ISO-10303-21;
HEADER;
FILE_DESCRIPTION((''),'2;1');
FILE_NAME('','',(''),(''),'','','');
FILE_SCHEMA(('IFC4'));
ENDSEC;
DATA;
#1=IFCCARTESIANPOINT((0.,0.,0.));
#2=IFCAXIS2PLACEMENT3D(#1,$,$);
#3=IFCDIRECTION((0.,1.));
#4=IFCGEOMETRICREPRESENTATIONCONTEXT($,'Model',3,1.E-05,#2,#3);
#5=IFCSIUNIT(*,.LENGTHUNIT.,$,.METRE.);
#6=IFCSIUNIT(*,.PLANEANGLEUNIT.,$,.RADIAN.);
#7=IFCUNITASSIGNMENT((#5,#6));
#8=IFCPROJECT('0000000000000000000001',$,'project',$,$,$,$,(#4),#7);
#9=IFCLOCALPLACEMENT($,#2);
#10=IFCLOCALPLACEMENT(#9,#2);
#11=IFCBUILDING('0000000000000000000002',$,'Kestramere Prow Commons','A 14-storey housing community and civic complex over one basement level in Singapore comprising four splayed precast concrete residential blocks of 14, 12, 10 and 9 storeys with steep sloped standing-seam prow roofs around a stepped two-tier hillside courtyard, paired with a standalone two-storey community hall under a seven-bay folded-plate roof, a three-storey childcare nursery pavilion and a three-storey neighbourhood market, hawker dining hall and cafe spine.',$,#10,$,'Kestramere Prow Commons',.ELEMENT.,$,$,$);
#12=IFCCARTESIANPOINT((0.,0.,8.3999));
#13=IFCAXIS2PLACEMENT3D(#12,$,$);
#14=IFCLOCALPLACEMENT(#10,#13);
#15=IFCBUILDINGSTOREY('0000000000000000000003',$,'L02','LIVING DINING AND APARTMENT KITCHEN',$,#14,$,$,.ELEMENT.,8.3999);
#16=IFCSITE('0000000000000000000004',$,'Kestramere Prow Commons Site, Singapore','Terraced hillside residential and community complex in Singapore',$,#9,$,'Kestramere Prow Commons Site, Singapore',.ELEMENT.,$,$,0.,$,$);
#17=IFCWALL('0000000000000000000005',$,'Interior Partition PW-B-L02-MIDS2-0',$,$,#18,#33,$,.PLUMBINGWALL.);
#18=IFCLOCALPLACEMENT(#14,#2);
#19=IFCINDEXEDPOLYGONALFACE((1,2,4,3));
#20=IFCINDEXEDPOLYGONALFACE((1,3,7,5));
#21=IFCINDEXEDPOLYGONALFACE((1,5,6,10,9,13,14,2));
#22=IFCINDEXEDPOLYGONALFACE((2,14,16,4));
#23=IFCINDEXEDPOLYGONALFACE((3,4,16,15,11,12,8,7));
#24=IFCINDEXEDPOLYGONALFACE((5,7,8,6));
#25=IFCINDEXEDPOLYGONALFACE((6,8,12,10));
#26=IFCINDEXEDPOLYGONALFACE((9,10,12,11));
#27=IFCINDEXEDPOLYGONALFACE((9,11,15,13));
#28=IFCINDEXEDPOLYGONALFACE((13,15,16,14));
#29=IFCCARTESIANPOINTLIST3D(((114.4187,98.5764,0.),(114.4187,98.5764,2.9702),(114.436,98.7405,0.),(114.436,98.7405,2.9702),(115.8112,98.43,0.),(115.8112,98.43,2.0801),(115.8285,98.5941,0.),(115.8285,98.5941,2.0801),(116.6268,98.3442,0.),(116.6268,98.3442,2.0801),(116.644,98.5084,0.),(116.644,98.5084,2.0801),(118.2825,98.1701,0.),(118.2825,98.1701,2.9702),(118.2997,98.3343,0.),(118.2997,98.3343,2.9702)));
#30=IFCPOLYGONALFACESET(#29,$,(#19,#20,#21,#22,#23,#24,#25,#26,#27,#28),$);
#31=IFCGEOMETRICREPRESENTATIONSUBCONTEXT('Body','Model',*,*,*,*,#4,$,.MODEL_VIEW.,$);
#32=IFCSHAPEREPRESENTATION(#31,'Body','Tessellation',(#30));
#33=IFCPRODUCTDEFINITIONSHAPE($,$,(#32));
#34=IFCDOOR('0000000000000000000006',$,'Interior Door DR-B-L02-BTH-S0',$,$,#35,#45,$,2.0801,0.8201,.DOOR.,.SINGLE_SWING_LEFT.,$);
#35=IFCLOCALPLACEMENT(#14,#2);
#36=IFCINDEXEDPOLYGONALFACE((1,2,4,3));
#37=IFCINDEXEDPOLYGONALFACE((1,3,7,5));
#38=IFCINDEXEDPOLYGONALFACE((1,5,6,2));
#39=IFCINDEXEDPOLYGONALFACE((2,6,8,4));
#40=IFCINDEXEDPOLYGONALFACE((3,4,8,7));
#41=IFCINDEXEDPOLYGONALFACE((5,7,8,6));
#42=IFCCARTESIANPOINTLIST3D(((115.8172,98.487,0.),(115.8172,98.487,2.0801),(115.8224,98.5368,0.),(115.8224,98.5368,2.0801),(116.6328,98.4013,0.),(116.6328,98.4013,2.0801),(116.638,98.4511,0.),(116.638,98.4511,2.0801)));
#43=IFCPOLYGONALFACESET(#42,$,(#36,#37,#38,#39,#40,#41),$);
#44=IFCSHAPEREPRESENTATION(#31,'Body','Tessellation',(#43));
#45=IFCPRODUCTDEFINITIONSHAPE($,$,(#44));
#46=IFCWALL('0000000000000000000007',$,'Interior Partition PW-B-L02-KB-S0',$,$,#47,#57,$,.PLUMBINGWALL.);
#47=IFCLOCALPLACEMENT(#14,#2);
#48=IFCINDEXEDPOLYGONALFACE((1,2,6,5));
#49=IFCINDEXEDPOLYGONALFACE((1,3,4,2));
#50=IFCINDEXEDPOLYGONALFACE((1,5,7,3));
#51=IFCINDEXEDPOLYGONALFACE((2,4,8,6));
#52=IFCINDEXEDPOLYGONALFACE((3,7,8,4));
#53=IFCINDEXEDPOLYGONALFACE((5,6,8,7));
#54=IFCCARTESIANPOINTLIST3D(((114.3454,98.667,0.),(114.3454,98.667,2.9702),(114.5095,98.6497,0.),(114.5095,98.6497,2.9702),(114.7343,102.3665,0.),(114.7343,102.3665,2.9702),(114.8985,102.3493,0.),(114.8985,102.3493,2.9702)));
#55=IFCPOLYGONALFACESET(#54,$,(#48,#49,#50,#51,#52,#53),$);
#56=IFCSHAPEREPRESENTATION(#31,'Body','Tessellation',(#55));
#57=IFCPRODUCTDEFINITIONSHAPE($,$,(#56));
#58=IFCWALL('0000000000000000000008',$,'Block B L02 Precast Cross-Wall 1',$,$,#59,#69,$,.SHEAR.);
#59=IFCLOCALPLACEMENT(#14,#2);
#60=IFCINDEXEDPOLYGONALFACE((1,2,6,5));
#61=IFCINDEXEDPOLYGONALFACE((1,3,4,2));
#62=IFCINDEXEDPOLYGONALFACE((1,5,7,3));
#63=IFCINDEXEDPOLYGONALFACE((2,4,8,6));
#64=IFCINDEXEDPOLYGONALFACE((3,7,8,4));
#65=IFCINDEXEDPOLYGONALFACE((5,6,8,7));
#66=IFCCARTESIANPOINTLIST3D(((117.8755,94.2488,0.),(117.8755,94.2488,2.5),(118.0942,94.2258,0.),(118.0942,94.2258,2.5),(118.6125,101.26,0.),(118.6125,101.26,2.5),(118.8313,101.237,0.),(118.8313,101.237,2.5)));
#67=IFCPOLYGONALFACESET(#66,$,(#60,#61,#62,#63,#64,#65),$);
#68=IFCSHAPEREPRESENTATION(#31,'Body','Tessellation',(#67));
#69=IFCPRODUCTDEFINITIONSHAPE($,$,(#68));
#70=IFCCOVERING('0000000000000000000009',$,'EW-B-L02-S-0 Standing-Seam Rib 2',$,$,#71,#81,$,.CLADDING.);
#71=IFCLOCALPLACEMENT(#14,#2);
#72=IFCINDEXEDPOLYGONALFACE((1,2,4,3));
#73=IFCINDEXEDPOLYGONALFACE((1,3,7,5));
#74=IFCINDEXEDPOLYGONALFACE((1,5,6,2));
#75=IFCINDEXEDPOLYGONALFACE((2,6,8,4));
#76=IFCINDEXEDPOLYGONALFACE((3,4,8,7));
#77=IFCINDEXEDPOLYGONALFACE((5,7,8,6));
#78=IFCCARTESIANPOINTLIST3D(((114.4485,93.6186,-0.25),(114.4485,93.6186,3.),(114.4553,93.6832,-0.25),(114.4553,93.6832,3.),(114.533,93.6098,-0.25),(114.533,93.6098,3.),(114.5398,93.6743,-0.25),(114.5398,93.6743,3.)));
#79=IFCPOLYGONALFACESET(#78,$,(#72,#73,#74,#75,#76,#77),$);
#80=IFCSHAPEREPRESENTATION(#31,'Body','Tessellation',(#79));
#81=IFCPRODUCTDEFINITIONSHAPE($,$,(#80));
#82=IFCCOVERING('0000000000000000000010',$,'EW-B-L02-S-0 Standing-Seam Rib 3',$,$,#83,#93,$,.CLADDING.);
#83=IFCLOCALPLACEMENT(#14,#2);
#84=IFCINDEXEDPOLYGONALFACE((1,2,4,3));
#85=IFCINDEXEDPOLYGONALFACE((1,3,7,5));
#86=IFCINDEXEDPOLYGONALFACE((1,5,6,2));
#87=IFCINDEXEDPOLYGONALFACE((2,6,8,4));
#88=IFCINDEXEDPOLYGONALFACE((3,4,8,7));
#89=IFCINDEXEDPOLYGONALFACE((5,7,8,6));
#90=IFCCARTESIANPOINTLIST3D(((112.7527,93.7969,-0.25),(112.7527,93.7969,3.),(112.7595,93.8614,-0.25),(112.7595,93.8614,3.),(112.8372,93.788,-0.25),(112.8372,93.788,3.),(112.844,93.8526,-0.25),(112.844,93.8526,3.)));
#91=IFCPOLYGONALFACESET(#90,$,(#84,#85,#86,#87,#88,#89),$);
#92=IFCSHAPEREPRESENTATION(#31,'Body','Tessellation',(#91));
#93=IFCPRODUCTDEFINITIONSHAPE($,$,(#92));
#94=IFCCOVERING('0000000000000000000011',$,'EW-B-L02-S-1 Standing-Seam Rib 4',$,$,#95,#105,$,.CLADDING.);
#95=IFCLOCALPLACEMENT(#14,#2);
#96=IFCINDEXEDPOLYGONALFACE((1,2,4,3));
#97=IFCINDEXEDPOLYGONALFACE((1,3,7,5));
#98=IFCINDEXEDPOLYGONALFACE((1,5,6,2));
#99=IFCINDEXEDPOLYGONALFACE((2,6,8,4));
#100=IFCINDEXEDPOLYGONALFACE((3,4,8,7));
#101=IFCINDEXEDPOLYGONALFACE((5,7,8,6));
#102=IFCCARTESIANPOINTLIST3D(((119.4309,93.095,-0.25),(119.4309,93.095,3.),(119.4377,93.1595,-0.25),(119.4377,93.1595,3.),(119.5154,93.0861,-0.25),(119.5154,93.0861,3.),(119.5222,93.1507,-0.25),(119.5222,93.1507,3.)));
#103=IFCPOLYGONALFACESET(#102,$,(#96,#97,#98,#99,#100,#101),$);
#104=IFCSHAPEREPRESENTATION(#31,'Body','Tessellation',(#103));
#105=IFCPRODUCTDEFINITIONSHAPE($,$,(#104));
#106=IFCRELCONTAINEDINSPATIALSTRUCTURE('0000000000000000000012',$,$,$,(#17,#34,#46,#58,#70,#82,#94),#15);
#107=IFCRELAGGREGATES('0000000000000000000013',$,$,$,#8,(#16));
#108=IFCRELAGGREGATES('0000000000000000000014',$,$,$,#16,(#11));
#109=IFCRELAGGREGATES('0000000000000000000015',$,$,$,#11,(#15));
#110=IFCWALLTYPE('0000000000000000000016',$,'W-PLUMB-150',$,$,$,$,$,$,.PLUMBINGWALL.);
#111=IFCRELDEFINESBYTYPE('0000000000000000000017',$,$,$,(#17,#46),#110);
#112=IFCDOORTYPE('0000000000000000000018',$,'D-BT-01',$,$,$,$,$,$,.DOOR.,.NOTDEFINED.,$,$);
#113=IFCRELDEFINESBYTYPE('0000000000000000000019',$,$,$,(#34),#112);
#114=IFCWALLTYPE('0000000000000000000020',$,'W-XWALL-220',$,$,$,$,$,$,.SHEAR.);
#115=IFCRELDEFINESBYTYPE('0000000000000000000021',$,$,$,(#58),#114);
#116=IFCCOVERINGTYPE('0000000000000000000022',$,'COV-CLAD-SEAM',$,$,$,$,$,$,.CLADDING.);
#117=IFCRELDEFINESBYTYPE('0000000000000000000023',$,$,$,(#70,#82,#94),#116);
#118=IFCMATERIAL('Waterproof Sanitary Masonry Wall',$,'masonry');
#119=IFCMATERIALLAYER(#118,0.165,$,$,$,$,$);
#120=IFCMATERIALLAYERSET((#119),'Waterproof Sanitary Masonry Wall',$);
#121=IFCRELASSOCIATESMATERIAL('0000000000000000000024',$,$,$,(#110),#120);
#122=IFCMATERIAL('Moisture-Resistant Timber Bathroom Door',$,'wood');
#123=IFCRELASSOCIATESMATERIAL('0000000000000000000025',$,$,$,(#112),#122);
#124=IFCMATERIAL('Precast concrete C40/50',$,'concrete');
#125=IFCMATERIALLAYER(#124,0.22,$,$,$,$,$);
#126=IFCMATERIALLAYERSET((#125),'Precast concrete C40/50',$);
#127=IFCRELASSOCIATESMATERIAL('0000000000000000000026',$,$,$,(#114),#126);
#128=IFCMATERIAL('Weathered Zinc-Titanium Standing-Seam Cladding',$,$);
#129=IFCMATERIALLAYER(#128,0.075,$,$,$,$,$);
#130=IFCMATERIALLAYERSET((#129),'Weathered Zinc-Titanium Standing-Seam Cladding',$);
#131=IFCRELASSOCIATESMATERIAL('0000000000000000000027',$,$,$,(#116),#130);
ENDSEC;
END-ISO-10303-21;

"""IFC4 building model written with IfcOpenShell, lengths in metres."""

from ifc_helpers import new_model, si_unit, direction, frame, frame_2d, origin, origin_2d, place, context, subcontext, project, spatial, rectangle, extrude, material, layer, layer_set, type_object, element, fill, save


model = new_model("IFC4")

# Units and contexts
model_context = context("Model", 3, precision=1e-05, world=origin(), true_north=direction((0.0, 1.0)))
body_context = subcontext(model_context, "Body", "Model", "MODEL_VIEW")
ifc_project = project(units=[si_unit("LENGTHUNIT", "METRE"), si_unit("PLANEANGLEUNIT", "RADIAN")], contexts=[model_context])

# Site, building, storey
site_placement = place(None, origin())
site = spatial("IfcSite", under=ifc_project, at=site_placement, Name="Kestramere Prow Commons Site, Singapore", Description="Terraced hillside residential and community complex in Singapore", LongName="Kestramere Prow Commons Site, Singapore", CompositionType="ELEMENT", RefElevation=0.0)
building_placement = place(site_placement, origin())
building = spatial("IfcBuilding", under=site, at=building_placement, Name="Kestramere Prow Commons", Description="A 14-storey housing community and civic complex over one basement level in Singapore comprising four splayed precast concrete residential blocks of 14, 12, 10 and 9 storeys with steep sloped standing-seam prow roofs around a stepped two-tier hillside courtyard, paired with a standalone two-storey community hall under a seven-bay folded-plate roof, a three-storey childcare nursery pavilion and a three-storey neighbourhood market, hawker dining hall and cafe spine.", LongName="Kestramere Prow Commons", CompositionType="ELEMENT")
storey_placement = place(building_placement, frame((0.0, 0.0, 8.3999)))
storey = spatial("IfcBuildingStorey", under=building, at=storey_placement, Name="L02", Description="LIVING DINING AND APARTMENT KITCHEN", CompositionType="ELEMENT", Elevation=8.3999)

# Shared definitions
ifc_material_1 = material(Name="Precast concrete C40/50", Category="concrete")

# Wall, opening, door
ifc_material_2 = material(Name="Waterproof Sanitary Masonry Wall", Category="masonry")
ifc_layer_1 = layer(ifc_material_2, 0.165)
ifc_layer_set_1 = layer_set([ifc_layer_1], Name="Waterproof Sanitary Masonry Wall")
wall_type_1 = type_object("IfcWallType", Name="W-PLUMB-150", PredefinedType="PLUMBINGWALL", material=ifc_layer_set_1)
wall_1_placement = place(storey_placement, frame((114.4275, 98.6584, 0.0), z_axis=(0.0, 0.0, 1.0), x_axis=(0.994518, -0.104567, 0.0)))
wall_1 = element("IfcWall", 1, at=wall_1_placement, inside=storey, type_object=wall_type_1, Name="Interior Partition PW-B-L02-MIDS2-0", PredefinedType="PLUMBINGWALL", context=body_context, shape_type="SweptSolid", body=[
    extrude(rectangle(XDim=3.885, YDim=0.165, at=frame_2d((1.9424, 0.0))), origin(), (0.0, 0.0, 1.0), 2.9702),
])
opening_1_placement = place(wall_1_placement, frame((1.3999, 0.0, 0.0)))
opening_1 = element("IfcOpeningElement", 2, at=opening_1_placement, cuts=wall_1, PredefinedType="OPENING", context=body_context, shape_type="SweptSolid", body=[
    extrude(rectangle(XDim=0.8201, YDim=2.0801, at=frame_2d((0.4102, 1.04))), frame((0.0, 0.0974, 0.0), z_axis=(0.0, -1.0, 0.0), x_axis=(1.0, 0.0, 0.0)), (0.0, 0.0, 1.0), 0.1951),
])
ifc_material_3 = material(Name="Moisture-Resistant Timber Bathroom Door", Category="wood")
door_type_1 = type_object("IfcDoorType", Name="D-BT-01", OperationType="NOTDEFINED", PredefinedType="DOOR", material=ifc_material_3)
door_1_placement = place(opening_1_placement, origin())
door_1 = element("IfcDoor", 3, at=door_1_placement, inside=storey, type_object=door_type_1, Name="Interior Door DR-B-L02-BTH-S0", OperationType="SINGLE_SWING_LEFT", OverallHeight=2.0801, OverallWidth=0.8201, PredefinedType="DOOR", context=body_context, shape_type="SweptSolid", body=[
    extrude(rectangle(XDim=0.8201, YDim=2.0801, at=frame_2d((0.4102, 1.04))), frame((0.0, 0.0249, 0.0), z_axis=(0.0, -1.0, 0.0), x_axis=(1.0, 0.0, 0.0)), (0.0, 0.0, 1.0), 0.05),
])
fill(opening_1, door_1)

# Walls
wall_2_placement = place(storey_placement, frame((114.4275, 98.6584, 0.0), z_axis=(0.0, 0.0, 1.0), x_axis=(0.104552, 0.994519, 0.0)))
element("IfcWall", 4, at=wall_2_placement, inside=storey, type_object=wall_type_1, Name="Interior Partition PW-B-L02-KB-S0", PredefinedType="PLUMBINGWALL", context=body_context, shape_type="SweptSolid", body=[
    extrude(rectangle(XDim=3.72, YDim=0.165, at=frame_2d((1.8599, 0.0))), origin(), (0.0, 0.0, 1.0), 2.9702),
])
ifc_layer_2 = layer(ifc_material_1, 0.22)
ifc_layer_set_2 = layer_set([ifc_layer_2], Name="Precast concrete C40/50")
wall_type_2 = type_object("IfcWallType", Name="W-XWALL-220", PredefinedType="SHEAR", material=ifc_layer_set_2)
wall_3_placement = place(storey_placement, frame((117.9849, 94.2373, 0.0), z_axis=(0.0, 0.0, 1.0), x_axis=(0.10455, 0.99452, 0.0)))
element("IfcWall", 5, at=wall_3_placement, inside=storey, type_object=wall_type_2, Name="Block B L02 Precast Cross-Wall 1", PredefinedType="SHEAR", context=body_context, shape_type="SweptSolid", body=[
    extrude(rectangle(XDim=7.0498, YDim=0.22, at=frame_2d((3.5249, 0.0))), origin(), (0.0, 0.0, 1.0), 2.5),
])

# Coverings
ifc_material_4 = material(Name="Weathered Zinc-Titanium Standing-Seam Cladding")
ifc_layer_3 = layer(ifc_material_4, 0.075)
ifc_layer_set_3 = layer_set([ifc_layer_3], Name="Weathered Zinc-Titanium Standing-Seam Cladding")
covering_type = type_object("IfcCoveringType", Name="COV-CLAD-SEAM", PredefinedType="CLADDING", material=ifc_layer_set_3)
for number, where, z_axis, x_axis, name in (
    (6, (114.4941, 93.6465, -0.25), (0.0, 0.0, 1.0), (-0.994522, 0.104528, 0.0), "EW-B-L02-S-0 Standing-Seam Rib 2"),
    (7, (112.7983, 93.8247, -0.25), (0.0, 0.0, 1.0), (-0.994522, 0.104528, 0.0), "EW-B-L02-S-0 Standing-Seam Rib 3"),
    (8, (119.4766, 93.1228, -0.25), (0.0, 0.0, 1.0), (-0.994522, 0.104528, 0.0), "EW-B-L02-S-1 Standing-Seam Rib 4"),
):
    element("IfcCovering", number, at=place(storey_placement, frame(where, z_axis=z_axis, x_axis=x_axis)), inside=storey, type_object=covering_type, Name=name, PredefinedType="CLADDING", context=body_context, shape_type="SweptSolid", body=[
        extrude(rectangle(XDim=0.085, YDim=0.0649, at=origin_2d()), origin(), (0.0, 0.0, 1.0), 3.25),
    ])

save(model, "model.ifc")
